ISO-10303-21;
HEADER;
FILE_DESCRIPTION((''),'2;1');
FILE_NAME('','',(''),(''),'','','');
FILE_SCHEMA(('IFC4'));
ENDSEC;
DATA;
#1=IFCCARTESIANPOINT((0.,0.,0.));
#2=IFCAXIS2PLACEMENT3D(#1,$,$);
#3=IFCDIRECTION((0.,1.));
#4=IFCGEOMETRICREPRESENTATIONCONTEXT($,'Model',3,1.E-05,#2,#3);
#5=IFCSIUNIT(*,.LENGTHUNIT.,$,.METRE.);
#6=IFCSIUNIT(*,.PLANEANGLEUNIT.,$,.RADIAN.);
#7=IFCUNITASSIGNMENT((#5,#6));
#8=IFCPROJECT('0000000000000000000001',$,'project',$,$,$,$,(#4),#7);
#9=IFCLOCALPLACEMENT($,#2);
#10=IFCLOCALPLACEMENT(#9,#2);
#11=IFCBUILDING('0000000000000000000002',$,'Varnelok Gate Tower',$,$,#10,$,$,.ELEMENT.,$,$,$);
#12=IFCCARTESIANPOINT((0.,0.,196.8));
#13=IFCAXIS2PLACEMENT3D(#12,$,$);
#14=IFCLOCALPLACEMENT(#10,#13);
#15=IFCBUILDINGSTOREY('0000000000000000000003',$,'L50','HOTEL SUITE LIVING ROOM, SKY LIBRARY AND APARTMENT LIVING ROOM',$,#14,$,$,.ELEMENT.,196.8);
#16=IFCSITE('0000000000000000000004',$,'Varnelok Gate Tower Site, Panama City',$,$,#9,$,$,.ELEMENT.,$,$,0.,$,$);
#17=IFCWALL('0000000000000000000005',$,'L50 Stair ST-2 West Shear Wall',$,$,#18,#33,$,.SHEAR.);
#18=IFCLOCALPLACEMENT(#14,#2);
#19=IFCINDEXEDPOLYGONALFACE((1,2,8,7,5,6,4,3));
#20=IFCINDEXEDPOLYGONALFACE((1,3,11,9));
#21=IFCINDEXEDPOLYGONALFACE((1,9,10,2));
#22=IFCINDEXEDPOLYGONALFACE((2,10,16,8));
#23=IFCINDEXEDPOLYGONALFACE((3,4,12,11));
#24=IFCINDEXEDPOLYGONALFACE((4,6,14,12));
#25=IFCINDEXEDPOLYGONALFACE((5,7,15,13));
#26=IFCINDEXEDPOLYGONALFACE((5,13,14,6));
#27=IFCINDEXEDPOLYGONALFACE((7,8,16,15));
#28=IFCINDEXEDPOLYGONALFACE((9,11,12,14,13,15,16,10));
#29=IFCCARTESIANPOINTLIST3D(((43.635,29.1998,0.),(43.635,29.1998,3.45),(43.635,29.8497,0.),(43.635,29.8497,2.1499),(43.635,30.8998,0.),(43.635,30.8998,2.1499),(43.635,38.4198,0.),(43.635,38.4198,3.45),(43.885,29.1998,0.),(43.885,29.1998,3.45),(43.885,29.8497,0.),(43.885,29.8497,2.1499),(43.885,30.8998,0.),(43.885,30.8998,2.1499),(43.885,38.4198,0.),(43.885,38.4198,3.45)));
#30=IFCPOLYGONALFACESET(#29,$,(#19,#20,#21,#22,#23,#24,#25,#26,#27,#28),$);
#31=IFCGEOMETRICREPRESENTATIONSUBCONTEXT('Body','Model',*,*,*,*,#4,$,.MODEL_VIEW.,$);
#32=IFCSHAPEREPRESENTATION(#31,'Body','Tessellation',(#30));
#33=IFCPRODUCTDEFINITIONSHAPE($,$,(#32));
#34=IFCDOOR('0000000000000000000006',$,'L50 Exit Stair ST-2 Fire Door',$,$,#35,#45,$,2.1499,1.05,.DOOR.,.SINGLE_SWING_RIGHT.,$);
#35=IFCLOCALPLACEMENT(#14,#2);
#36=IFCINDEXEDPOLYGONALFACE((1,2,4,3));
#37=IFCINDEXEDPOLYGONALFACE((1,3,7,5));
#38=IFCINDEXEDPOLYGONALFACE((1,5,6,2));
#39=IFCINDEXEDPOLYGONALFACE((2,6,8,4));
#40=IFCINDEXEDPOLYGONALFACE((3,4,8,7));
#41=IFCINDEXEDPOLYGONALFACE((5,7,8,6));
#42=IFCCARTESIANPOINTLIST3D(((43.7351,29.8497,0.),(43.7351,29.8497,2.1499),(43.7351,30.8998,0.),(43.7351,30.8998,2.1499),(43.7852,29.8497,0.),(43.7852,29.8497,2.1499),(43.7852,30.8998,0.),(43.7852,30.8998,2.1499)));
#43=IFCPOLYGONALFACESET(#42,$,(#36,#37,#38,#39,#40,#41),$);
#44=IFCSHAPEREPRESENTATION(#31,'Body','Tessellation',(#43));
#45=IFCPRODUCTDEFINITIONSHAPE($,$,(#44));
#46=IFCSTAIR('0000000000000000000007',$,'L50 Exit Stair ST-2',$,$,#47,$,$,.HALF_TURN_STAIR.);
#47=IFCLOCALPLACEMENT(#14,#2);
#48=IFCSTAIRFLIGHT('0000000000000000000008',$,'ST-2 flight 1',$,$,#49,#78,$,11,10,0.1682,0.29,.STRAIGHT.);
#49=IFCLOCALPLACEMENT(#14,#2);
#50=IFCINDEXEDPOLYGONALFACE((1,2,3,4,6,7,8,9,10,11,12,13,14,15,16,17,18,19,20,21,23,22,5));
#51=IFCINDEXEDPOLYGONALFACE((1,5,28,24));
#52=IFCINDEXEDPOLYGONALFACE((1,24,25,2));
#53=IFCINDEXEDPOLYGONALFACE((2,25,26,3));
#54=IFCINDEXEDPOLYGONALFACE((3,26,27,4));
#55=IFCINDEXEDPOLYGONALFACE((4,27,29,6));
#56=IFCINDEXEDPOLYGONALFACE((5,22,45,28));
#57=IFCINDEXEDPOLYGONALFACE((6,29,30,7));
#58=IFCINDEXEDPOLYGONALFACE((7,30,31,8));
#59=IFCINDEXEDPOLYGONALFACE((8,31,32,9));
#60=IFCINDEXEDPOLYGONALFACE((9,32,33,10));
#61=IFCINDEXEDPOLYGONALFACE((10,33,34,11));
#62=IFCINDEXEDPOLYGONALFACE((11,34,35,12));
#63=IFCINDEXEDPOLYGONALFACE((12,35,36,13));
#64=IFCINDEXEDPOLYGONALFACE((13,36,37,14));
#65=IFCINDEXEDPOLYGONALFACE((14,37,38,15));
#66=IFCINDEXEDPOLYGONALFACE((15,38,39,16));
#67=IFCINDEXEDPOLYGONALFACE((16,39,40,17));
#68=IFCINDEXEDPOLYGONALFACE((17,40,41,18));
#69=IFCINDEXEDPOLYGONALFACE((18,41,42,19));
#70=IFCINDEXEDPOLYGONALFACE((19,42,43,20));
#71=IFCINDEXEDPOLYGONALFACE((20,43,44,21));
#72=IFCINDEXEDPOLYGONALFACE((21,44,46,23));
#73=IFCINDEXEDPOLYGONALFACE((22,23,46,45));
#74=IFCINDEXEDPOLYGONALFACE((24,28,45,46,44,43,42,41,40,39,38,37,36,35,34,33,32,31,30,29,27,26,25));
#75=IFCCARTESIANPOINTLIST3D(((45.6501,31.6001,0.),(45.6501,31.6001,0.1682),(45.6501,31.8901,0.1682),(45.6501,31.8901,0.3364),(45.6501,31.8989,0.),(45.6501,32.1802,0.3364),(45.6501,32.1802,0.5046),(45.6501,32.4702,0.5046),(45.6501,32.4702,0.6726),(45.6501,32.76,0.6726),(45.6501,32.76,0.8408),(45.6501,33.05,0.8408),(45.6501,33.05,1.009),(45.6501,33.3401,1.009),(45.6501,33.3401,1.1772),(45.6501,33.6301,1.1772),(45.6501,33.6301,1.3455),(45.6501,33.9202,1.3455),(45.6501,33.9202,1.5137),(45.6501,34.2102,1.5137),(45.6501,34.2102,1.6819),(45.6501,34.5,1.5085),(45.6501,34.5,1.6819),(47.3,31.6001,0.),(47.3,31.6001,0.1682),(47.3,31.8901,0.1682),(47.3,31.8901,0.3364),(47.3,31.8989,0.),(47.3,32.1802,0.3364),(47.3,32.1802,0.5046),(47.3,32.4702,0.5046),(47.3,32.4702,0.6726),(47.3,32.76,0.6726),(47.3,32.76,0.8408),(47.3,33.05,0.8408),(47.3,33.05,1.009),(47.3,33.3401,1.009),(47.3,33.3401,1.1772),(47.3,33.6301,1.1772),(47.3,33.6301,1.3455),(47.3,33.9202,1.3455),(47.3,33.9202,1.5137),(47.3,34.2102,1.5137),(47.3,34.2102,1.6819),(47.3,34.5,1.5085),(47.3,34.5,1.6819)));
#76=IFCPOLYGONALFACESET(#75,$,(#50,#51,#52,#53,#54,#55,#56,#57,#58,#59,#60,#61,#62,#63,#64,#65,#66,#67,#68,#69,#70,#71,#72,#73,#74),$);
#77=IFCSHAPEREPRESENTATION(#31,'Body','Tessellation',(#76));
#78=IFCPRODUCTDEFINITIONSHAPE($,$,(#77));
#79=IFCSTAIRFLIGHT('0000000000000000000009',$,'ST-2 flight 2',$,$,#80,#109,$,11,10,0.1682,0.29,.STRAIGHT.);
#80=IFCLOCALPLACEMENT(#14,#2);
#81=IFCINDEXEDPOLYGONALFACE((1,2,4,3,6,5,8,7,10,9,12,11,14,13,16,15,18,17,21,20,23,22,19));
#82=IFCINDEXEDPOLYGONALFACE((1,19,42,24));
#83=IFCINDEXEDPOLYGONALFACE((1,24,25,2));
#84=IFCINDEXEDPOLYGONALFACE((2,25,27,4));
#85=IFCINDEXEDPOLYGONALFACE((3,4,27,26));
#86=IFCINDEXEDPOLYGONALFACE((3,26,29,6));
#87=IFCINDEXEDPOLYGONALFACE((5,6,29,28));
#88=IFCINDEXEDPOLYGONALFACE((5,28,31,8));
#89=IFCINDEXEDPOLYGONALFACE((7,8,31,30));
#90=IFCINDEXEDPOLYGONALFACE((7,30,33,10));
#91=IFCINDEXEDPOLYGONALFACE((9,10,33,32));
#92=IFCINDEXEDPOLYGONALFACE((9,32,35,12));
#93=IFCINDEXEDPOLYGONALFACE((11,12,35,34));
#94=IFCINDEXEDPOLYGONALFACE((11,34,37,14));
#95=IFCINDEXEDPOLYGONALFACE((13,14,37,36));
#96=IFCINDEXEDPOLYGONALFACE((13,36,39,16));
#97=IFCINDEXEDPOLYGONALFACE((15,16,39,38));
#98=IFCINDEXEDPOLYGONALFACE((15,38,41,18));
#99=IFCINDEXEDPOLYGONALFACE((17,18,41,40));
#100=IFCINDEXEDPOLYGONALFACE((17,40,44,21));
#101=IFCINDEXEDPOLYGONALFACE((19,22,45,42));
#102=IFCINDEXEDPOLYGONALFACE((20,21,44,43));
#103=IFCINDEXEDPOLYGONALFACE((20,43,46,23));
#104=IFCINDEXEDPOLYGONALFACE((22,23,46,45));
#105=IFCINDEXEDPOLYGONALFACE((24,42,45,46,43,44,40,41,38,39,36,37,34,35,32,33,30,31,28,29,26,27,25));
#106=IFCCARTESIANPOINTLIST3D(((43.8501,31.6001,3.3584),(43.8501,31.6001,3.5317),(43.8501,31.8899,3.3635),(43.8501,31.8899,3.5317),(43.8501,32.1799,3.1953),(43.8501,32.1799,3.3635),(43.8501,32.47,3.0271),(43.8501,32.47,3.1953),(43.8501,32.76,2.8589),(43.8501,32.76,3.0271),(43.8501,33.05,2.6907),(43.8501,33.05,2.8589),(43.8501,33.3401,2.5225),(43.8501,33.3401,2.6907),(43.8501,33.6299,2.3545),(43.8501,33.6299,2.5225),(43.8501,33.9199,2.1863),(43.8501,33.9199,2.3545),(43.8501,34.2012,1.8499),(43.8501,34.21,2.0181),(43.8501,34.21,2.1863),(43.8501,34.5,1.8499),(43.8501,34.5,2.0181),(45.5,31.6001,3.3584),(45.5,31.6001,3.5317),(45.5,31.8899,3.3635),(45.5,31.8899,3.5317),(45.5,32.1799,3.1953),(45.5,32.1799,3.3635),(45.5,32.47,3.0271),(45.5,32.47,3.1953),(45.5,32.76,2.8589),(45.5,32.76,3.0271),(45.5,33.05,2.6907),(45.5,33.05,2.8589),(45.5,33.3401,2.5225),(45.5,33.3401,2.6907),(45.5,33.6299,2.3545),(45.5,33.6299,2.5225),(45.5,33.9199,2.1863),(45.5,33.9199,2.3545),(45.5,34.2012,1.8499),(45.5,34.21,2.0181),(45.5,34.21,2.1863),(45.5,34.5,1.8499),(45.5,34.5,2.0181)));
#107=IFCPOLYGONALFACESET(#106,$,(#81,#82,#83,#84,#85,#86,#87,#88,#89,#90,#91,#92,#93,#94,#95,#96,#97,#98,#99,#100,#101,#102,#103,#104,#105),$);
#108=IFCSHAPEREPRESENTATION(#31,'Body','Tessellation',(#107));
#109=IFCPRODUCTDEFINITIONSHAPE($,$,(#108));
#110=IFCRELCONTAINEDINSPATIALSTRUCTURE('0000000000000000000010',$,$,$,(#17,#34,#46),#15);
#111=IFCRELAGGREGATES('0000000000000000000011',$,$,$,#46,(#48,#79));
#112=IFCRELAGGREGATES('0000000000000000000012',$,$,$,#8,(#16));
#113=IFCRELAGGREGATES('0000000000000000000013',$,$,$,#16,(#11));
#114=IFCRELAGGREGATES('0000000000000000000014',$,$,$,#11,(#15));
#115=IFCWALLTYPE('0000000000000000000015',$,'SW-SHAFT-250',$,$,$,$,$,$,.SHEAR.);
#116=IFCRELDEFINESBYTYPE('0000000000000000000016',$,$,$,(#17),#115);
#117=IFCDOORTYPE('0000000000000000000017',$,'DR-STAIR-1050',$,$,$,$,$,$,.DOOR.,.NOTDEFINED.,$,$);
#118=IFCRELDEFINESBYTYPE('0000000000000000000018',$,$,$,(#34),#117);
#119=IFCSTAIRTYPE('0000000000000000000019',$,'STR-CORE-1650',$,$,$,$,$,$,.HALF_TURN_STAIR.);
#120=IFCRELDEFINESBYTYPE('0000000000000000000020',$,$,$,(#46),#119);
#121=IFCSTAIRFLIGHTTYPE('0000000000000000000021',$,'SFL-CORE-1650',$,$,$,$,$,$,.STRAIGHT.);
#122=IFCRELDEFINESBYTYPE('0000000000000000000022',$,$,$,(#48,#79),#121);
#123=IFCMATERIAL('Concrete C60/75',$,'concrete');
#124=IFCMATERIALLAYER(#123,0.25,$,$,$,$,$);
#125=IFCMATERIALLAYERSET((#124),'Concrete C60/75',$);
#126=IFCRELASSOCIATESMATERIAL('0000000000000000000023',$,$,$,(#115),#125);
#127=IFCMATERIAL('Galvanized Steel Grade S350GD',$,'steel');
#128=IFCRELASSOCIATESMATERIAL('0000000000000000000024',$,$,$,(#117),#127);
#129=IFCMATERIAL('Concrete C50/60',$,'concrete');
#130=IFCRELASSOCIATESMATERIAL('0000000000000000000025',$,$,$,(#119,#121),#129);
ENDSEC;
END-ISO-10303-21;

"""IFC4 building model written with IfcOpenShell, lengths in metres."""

from ifc_helpers import new_model, si_unit, direction, frame, frame_2d, origin, place, context, subcontext, project, spatial, polyline, rectangle, outline, extrude, material, layer, layer_set, type_object, element, fill, aggregate, save


model = new_model("IFC4")

# Units and contexts
model_context = context("Model", 3, precision=1e-05, world=origin(), true_north=direction((0.0, 1.0)))
body_context = subcontext(model_context, "Body", "Model", "MODEL_VIEW")
ifc_project = project(units=[si_unit("LENGTHUNIT", "METRE"), si_unit("PLANEANGLEUNIT", "RADIAN")], contexts=[model_context])

# Site, building, storey
site_placement = place(None, origin())
site = spatial("IfcSite", under=ifc_project, at=site_placement, Name="Varnelok Gate Tower Site, Panama City", CompositionType="ELEMENT", RefElevation=0.0)
building_placement = place(site_placement, origin())
building = spatial("IfcBuilding", under=site, at=building_placement, Name="Varnelok Gate Tower", CompositionType="ELEMENT")
storey_placement = place(building_placement, frame((0.0, 0.0, 196.8)))
storey = spatial("IfcBuildingStorey", under=building, at=storey_placement, Name="L50", Description="HOTEL SUITE LIVING ROOM, SKY LIBRARY AND APARTMENT LIVING ROOM", CompositionType="ELEMENT", Elevation=196.8)

# Shared definitions
ifc_material_1 = material(Name="Concrete C60/75", Category="concrete")

# Shared definitions
ifc_material_2 = material(Name="Galvanized Steel Grade S350GD", Category="steel")

# Wall, opening, door
ifc_layer_1 = layer(ifc_material_1, 0.25)
ifc_layer_set_1 = layer_set([ifc_layer_1], Name="Concrete C60/75")
wall_type_1 = type_object("IfcWallType", Name="SW-SHAFT-250", PredefinedType="SHEAR", material=ifc_layer_set_1)
wall_1_placement = place(storey_placement, frame((43.76, 29.2, 0.0), z_axis=(0.0, 0.0, 1.0), x_axis=(0.0, 1.0, 0.0)))
wall_1 = element("IfcWall", 1, at=wall_1_placement, inside=storey, type_object=wall_type_1, Name="L50 Stair ST-2 West Shear Wall", PredefinedType="SHEAR", context=body_context, shape_type="SweptSolid", body=[
    extrude(rectangle(XDim=9.22, YDim=0.25, at=frame_2d((4.6099, 0.0))), origin(), (0.0, 0.0, 1.0), 3.45),
])
opening_1_placement = place(wall_1_placement, frame((0.6499, 0.0, 0.0)))
opening_1 = element("IfcOpeningElement", 2, at=opening_1_placement, cuts=wall_1, PredefinedType="OPENING", context=body_context, shape_type="SweptSolid", body=[
    extrude(rectangle(XDim=1.05, YDim=2.1499, at=frame_2d((0.5249, 1.075))), frame((0.0, 0.135, 0.0), z_axis=(0.0, -1.0, 0.0), x_axis=(1.0, 0.0, 0.0)), (0.0, 0.0, 1.0), 0.27),
])
door_type_1 = type_object("IfcDoorType", Name="DR-STAIR-1050", OperationType="NOTDEFINED", PredefinedType="DOOR", material=ifc_material_2)
door_1_placement = place(opening_1_placement, origin())
door_1 = element("IfcDoor", 3, at=door_1_placement, inside=storey, type_object=door_type_1, Name="L50 Exit Stair ST-2 Fire Door", OperationType="SINGLE_SWING_RIGHT", OverallHeight=2.1499, OverallWidth=1.05, PredefinedType="DOOR", context=body_context, shape_type="SweptSolid", body=[
    extrude(rectangle(XDim=1.05, YDim=2.1499, at=frame_2d((0.5249, 1.075))), frame((0.0, 0.0249, 0.0), z_axis=(0.0, -1.0, 0.0), x_axis=(1.0, 0.0, 0.0)), (0.0, 0.0, 1.0), 0.05),
])
fill(opening_1, door_1)

# Stair, stair flights
ifc_material_3 = material(Name="Concrete C50/60", Category="concrete")
stair_type = type_object("IfcStairType", Name="STR-CORE-1650", PredefinedType="HALF_TURN_STAIR", material=ifc_material_3)
stair_placement = place(storey_placement, origin())
stair = element("IfcStair", 4, at=stair_placement, inside=storey, type_object=stair_type, Name="L50 Exit Stair ST-2", PredefinedType="HALF_TURN_STAIR")
stair_flight_type = type_object("IfcStairFlightType", Name="SFL-CORE-1650", PredefinedType="STRAIGHT", material=ifc_material_3)
stair_flight_1_placement = place(storey_placement, frame((46.4751, 31.6001, 0.0), z_axis=(0.0, 0.0, 1.0), x_axis=(0.0, 1.0, 0.0)))
stair_flight_1 = element("IfcStairFlight", 5, at=stair_flight_1_placement, type_object=stair_flight_type, Name="ST-2 flight 1", NumberOfRisers=11, NumberOfTreads=10, PredefinedType="STRAIGHT", RiserHeight=0.1682, TreadLength=0.29, context=body_context, shape_type="SweptSolid", body=[
    extrude(outline(polyline([(0.0, 0.0), (0.0, 0.1682), (0.29, 0.1682), (0.29, 0.3364), (0.5801, 0.3364), (0.5801, 0.5046), (0.8701, 0.5046), (0.8701, 0.6726), (1.1599, 0.6726), (1.1599, 0.8408), (1.45, 0.8408), (1.45, 1.009), (1.74, 1.009), (1.74, 1.1772), (2.03, 1.1772), (2.03, 1.3455), (2.3201, 1.3455), (2.3201, 1.5137), (2.6101, 1.5137), (2.6101, 1.6819), (2.8999, 1.6819), (2.8999, 1.8501), (2.8999, 1.5085), (0.2988, 0.0), (0.0, 0.0)])), frame((0.0, 0.825, 0.0), z_axis=(0.0, -1.0, 0.0), x_axis=(1.0, 0.0, 0.0)), (0.0, 0.0, 1.0), 1.6499),
])
stair_flight_2_placement = place(storey_placement, frame((44.675, 34.5, 1.8499), z_axis=(0.0, 0.0, 1.0), x_axis=(0.0, -1.0, 0.0)))
stair_flight_2 = element("IfcStairFlight", 6, at=stair_flight_2_placement, type_object=stair_flight_type, Name="ST-2 flight 2", NumberOfRisers=11, NumberOfTreads=10, PredefinedType="STRAIGHT", RiserHeight=0.1682, TreadLength=0.29, context=body_context, shape_type="SweptSolid", body=[
    extrude(outline(polyline([(0.0, 0.0), (0.0, 0.1682), (0.29, 0.1682), (0.29, 0.3364), (0.5801, 0.3364), (0.5801, 0.5046), (0.8701, 0.5046), (0.8701, 0.6726), (1.1599, 0.6726), (1.1599, 0.8408), (1.45, 0.8408), (1.45, 1.009), (1.74, 1.009), (1.74, 1.1772), (2.03, 1.1772), (2.03, 1.3455), (2.3201, 1.3455), (2.3201, 1.5137), (2.6101, 1.5137), (2.6101, 1.6819), (2.8999, 1.6819), (2.8999, 1.8501), (2.8999, 1.5085), (0.2988, 0.0), (0.0, 0.0)])), frame((0.0, 0.825, 0.0), z_axis=(0.0, -1.0, 0.0), x_axis=(1.0, 0.0, 0.0)), (0.0, 0.0, 1.0), 1.6499),
])
aggregate(stair, [stair_flight_1, stair_flight_2])

save(model, "model.ifc")
